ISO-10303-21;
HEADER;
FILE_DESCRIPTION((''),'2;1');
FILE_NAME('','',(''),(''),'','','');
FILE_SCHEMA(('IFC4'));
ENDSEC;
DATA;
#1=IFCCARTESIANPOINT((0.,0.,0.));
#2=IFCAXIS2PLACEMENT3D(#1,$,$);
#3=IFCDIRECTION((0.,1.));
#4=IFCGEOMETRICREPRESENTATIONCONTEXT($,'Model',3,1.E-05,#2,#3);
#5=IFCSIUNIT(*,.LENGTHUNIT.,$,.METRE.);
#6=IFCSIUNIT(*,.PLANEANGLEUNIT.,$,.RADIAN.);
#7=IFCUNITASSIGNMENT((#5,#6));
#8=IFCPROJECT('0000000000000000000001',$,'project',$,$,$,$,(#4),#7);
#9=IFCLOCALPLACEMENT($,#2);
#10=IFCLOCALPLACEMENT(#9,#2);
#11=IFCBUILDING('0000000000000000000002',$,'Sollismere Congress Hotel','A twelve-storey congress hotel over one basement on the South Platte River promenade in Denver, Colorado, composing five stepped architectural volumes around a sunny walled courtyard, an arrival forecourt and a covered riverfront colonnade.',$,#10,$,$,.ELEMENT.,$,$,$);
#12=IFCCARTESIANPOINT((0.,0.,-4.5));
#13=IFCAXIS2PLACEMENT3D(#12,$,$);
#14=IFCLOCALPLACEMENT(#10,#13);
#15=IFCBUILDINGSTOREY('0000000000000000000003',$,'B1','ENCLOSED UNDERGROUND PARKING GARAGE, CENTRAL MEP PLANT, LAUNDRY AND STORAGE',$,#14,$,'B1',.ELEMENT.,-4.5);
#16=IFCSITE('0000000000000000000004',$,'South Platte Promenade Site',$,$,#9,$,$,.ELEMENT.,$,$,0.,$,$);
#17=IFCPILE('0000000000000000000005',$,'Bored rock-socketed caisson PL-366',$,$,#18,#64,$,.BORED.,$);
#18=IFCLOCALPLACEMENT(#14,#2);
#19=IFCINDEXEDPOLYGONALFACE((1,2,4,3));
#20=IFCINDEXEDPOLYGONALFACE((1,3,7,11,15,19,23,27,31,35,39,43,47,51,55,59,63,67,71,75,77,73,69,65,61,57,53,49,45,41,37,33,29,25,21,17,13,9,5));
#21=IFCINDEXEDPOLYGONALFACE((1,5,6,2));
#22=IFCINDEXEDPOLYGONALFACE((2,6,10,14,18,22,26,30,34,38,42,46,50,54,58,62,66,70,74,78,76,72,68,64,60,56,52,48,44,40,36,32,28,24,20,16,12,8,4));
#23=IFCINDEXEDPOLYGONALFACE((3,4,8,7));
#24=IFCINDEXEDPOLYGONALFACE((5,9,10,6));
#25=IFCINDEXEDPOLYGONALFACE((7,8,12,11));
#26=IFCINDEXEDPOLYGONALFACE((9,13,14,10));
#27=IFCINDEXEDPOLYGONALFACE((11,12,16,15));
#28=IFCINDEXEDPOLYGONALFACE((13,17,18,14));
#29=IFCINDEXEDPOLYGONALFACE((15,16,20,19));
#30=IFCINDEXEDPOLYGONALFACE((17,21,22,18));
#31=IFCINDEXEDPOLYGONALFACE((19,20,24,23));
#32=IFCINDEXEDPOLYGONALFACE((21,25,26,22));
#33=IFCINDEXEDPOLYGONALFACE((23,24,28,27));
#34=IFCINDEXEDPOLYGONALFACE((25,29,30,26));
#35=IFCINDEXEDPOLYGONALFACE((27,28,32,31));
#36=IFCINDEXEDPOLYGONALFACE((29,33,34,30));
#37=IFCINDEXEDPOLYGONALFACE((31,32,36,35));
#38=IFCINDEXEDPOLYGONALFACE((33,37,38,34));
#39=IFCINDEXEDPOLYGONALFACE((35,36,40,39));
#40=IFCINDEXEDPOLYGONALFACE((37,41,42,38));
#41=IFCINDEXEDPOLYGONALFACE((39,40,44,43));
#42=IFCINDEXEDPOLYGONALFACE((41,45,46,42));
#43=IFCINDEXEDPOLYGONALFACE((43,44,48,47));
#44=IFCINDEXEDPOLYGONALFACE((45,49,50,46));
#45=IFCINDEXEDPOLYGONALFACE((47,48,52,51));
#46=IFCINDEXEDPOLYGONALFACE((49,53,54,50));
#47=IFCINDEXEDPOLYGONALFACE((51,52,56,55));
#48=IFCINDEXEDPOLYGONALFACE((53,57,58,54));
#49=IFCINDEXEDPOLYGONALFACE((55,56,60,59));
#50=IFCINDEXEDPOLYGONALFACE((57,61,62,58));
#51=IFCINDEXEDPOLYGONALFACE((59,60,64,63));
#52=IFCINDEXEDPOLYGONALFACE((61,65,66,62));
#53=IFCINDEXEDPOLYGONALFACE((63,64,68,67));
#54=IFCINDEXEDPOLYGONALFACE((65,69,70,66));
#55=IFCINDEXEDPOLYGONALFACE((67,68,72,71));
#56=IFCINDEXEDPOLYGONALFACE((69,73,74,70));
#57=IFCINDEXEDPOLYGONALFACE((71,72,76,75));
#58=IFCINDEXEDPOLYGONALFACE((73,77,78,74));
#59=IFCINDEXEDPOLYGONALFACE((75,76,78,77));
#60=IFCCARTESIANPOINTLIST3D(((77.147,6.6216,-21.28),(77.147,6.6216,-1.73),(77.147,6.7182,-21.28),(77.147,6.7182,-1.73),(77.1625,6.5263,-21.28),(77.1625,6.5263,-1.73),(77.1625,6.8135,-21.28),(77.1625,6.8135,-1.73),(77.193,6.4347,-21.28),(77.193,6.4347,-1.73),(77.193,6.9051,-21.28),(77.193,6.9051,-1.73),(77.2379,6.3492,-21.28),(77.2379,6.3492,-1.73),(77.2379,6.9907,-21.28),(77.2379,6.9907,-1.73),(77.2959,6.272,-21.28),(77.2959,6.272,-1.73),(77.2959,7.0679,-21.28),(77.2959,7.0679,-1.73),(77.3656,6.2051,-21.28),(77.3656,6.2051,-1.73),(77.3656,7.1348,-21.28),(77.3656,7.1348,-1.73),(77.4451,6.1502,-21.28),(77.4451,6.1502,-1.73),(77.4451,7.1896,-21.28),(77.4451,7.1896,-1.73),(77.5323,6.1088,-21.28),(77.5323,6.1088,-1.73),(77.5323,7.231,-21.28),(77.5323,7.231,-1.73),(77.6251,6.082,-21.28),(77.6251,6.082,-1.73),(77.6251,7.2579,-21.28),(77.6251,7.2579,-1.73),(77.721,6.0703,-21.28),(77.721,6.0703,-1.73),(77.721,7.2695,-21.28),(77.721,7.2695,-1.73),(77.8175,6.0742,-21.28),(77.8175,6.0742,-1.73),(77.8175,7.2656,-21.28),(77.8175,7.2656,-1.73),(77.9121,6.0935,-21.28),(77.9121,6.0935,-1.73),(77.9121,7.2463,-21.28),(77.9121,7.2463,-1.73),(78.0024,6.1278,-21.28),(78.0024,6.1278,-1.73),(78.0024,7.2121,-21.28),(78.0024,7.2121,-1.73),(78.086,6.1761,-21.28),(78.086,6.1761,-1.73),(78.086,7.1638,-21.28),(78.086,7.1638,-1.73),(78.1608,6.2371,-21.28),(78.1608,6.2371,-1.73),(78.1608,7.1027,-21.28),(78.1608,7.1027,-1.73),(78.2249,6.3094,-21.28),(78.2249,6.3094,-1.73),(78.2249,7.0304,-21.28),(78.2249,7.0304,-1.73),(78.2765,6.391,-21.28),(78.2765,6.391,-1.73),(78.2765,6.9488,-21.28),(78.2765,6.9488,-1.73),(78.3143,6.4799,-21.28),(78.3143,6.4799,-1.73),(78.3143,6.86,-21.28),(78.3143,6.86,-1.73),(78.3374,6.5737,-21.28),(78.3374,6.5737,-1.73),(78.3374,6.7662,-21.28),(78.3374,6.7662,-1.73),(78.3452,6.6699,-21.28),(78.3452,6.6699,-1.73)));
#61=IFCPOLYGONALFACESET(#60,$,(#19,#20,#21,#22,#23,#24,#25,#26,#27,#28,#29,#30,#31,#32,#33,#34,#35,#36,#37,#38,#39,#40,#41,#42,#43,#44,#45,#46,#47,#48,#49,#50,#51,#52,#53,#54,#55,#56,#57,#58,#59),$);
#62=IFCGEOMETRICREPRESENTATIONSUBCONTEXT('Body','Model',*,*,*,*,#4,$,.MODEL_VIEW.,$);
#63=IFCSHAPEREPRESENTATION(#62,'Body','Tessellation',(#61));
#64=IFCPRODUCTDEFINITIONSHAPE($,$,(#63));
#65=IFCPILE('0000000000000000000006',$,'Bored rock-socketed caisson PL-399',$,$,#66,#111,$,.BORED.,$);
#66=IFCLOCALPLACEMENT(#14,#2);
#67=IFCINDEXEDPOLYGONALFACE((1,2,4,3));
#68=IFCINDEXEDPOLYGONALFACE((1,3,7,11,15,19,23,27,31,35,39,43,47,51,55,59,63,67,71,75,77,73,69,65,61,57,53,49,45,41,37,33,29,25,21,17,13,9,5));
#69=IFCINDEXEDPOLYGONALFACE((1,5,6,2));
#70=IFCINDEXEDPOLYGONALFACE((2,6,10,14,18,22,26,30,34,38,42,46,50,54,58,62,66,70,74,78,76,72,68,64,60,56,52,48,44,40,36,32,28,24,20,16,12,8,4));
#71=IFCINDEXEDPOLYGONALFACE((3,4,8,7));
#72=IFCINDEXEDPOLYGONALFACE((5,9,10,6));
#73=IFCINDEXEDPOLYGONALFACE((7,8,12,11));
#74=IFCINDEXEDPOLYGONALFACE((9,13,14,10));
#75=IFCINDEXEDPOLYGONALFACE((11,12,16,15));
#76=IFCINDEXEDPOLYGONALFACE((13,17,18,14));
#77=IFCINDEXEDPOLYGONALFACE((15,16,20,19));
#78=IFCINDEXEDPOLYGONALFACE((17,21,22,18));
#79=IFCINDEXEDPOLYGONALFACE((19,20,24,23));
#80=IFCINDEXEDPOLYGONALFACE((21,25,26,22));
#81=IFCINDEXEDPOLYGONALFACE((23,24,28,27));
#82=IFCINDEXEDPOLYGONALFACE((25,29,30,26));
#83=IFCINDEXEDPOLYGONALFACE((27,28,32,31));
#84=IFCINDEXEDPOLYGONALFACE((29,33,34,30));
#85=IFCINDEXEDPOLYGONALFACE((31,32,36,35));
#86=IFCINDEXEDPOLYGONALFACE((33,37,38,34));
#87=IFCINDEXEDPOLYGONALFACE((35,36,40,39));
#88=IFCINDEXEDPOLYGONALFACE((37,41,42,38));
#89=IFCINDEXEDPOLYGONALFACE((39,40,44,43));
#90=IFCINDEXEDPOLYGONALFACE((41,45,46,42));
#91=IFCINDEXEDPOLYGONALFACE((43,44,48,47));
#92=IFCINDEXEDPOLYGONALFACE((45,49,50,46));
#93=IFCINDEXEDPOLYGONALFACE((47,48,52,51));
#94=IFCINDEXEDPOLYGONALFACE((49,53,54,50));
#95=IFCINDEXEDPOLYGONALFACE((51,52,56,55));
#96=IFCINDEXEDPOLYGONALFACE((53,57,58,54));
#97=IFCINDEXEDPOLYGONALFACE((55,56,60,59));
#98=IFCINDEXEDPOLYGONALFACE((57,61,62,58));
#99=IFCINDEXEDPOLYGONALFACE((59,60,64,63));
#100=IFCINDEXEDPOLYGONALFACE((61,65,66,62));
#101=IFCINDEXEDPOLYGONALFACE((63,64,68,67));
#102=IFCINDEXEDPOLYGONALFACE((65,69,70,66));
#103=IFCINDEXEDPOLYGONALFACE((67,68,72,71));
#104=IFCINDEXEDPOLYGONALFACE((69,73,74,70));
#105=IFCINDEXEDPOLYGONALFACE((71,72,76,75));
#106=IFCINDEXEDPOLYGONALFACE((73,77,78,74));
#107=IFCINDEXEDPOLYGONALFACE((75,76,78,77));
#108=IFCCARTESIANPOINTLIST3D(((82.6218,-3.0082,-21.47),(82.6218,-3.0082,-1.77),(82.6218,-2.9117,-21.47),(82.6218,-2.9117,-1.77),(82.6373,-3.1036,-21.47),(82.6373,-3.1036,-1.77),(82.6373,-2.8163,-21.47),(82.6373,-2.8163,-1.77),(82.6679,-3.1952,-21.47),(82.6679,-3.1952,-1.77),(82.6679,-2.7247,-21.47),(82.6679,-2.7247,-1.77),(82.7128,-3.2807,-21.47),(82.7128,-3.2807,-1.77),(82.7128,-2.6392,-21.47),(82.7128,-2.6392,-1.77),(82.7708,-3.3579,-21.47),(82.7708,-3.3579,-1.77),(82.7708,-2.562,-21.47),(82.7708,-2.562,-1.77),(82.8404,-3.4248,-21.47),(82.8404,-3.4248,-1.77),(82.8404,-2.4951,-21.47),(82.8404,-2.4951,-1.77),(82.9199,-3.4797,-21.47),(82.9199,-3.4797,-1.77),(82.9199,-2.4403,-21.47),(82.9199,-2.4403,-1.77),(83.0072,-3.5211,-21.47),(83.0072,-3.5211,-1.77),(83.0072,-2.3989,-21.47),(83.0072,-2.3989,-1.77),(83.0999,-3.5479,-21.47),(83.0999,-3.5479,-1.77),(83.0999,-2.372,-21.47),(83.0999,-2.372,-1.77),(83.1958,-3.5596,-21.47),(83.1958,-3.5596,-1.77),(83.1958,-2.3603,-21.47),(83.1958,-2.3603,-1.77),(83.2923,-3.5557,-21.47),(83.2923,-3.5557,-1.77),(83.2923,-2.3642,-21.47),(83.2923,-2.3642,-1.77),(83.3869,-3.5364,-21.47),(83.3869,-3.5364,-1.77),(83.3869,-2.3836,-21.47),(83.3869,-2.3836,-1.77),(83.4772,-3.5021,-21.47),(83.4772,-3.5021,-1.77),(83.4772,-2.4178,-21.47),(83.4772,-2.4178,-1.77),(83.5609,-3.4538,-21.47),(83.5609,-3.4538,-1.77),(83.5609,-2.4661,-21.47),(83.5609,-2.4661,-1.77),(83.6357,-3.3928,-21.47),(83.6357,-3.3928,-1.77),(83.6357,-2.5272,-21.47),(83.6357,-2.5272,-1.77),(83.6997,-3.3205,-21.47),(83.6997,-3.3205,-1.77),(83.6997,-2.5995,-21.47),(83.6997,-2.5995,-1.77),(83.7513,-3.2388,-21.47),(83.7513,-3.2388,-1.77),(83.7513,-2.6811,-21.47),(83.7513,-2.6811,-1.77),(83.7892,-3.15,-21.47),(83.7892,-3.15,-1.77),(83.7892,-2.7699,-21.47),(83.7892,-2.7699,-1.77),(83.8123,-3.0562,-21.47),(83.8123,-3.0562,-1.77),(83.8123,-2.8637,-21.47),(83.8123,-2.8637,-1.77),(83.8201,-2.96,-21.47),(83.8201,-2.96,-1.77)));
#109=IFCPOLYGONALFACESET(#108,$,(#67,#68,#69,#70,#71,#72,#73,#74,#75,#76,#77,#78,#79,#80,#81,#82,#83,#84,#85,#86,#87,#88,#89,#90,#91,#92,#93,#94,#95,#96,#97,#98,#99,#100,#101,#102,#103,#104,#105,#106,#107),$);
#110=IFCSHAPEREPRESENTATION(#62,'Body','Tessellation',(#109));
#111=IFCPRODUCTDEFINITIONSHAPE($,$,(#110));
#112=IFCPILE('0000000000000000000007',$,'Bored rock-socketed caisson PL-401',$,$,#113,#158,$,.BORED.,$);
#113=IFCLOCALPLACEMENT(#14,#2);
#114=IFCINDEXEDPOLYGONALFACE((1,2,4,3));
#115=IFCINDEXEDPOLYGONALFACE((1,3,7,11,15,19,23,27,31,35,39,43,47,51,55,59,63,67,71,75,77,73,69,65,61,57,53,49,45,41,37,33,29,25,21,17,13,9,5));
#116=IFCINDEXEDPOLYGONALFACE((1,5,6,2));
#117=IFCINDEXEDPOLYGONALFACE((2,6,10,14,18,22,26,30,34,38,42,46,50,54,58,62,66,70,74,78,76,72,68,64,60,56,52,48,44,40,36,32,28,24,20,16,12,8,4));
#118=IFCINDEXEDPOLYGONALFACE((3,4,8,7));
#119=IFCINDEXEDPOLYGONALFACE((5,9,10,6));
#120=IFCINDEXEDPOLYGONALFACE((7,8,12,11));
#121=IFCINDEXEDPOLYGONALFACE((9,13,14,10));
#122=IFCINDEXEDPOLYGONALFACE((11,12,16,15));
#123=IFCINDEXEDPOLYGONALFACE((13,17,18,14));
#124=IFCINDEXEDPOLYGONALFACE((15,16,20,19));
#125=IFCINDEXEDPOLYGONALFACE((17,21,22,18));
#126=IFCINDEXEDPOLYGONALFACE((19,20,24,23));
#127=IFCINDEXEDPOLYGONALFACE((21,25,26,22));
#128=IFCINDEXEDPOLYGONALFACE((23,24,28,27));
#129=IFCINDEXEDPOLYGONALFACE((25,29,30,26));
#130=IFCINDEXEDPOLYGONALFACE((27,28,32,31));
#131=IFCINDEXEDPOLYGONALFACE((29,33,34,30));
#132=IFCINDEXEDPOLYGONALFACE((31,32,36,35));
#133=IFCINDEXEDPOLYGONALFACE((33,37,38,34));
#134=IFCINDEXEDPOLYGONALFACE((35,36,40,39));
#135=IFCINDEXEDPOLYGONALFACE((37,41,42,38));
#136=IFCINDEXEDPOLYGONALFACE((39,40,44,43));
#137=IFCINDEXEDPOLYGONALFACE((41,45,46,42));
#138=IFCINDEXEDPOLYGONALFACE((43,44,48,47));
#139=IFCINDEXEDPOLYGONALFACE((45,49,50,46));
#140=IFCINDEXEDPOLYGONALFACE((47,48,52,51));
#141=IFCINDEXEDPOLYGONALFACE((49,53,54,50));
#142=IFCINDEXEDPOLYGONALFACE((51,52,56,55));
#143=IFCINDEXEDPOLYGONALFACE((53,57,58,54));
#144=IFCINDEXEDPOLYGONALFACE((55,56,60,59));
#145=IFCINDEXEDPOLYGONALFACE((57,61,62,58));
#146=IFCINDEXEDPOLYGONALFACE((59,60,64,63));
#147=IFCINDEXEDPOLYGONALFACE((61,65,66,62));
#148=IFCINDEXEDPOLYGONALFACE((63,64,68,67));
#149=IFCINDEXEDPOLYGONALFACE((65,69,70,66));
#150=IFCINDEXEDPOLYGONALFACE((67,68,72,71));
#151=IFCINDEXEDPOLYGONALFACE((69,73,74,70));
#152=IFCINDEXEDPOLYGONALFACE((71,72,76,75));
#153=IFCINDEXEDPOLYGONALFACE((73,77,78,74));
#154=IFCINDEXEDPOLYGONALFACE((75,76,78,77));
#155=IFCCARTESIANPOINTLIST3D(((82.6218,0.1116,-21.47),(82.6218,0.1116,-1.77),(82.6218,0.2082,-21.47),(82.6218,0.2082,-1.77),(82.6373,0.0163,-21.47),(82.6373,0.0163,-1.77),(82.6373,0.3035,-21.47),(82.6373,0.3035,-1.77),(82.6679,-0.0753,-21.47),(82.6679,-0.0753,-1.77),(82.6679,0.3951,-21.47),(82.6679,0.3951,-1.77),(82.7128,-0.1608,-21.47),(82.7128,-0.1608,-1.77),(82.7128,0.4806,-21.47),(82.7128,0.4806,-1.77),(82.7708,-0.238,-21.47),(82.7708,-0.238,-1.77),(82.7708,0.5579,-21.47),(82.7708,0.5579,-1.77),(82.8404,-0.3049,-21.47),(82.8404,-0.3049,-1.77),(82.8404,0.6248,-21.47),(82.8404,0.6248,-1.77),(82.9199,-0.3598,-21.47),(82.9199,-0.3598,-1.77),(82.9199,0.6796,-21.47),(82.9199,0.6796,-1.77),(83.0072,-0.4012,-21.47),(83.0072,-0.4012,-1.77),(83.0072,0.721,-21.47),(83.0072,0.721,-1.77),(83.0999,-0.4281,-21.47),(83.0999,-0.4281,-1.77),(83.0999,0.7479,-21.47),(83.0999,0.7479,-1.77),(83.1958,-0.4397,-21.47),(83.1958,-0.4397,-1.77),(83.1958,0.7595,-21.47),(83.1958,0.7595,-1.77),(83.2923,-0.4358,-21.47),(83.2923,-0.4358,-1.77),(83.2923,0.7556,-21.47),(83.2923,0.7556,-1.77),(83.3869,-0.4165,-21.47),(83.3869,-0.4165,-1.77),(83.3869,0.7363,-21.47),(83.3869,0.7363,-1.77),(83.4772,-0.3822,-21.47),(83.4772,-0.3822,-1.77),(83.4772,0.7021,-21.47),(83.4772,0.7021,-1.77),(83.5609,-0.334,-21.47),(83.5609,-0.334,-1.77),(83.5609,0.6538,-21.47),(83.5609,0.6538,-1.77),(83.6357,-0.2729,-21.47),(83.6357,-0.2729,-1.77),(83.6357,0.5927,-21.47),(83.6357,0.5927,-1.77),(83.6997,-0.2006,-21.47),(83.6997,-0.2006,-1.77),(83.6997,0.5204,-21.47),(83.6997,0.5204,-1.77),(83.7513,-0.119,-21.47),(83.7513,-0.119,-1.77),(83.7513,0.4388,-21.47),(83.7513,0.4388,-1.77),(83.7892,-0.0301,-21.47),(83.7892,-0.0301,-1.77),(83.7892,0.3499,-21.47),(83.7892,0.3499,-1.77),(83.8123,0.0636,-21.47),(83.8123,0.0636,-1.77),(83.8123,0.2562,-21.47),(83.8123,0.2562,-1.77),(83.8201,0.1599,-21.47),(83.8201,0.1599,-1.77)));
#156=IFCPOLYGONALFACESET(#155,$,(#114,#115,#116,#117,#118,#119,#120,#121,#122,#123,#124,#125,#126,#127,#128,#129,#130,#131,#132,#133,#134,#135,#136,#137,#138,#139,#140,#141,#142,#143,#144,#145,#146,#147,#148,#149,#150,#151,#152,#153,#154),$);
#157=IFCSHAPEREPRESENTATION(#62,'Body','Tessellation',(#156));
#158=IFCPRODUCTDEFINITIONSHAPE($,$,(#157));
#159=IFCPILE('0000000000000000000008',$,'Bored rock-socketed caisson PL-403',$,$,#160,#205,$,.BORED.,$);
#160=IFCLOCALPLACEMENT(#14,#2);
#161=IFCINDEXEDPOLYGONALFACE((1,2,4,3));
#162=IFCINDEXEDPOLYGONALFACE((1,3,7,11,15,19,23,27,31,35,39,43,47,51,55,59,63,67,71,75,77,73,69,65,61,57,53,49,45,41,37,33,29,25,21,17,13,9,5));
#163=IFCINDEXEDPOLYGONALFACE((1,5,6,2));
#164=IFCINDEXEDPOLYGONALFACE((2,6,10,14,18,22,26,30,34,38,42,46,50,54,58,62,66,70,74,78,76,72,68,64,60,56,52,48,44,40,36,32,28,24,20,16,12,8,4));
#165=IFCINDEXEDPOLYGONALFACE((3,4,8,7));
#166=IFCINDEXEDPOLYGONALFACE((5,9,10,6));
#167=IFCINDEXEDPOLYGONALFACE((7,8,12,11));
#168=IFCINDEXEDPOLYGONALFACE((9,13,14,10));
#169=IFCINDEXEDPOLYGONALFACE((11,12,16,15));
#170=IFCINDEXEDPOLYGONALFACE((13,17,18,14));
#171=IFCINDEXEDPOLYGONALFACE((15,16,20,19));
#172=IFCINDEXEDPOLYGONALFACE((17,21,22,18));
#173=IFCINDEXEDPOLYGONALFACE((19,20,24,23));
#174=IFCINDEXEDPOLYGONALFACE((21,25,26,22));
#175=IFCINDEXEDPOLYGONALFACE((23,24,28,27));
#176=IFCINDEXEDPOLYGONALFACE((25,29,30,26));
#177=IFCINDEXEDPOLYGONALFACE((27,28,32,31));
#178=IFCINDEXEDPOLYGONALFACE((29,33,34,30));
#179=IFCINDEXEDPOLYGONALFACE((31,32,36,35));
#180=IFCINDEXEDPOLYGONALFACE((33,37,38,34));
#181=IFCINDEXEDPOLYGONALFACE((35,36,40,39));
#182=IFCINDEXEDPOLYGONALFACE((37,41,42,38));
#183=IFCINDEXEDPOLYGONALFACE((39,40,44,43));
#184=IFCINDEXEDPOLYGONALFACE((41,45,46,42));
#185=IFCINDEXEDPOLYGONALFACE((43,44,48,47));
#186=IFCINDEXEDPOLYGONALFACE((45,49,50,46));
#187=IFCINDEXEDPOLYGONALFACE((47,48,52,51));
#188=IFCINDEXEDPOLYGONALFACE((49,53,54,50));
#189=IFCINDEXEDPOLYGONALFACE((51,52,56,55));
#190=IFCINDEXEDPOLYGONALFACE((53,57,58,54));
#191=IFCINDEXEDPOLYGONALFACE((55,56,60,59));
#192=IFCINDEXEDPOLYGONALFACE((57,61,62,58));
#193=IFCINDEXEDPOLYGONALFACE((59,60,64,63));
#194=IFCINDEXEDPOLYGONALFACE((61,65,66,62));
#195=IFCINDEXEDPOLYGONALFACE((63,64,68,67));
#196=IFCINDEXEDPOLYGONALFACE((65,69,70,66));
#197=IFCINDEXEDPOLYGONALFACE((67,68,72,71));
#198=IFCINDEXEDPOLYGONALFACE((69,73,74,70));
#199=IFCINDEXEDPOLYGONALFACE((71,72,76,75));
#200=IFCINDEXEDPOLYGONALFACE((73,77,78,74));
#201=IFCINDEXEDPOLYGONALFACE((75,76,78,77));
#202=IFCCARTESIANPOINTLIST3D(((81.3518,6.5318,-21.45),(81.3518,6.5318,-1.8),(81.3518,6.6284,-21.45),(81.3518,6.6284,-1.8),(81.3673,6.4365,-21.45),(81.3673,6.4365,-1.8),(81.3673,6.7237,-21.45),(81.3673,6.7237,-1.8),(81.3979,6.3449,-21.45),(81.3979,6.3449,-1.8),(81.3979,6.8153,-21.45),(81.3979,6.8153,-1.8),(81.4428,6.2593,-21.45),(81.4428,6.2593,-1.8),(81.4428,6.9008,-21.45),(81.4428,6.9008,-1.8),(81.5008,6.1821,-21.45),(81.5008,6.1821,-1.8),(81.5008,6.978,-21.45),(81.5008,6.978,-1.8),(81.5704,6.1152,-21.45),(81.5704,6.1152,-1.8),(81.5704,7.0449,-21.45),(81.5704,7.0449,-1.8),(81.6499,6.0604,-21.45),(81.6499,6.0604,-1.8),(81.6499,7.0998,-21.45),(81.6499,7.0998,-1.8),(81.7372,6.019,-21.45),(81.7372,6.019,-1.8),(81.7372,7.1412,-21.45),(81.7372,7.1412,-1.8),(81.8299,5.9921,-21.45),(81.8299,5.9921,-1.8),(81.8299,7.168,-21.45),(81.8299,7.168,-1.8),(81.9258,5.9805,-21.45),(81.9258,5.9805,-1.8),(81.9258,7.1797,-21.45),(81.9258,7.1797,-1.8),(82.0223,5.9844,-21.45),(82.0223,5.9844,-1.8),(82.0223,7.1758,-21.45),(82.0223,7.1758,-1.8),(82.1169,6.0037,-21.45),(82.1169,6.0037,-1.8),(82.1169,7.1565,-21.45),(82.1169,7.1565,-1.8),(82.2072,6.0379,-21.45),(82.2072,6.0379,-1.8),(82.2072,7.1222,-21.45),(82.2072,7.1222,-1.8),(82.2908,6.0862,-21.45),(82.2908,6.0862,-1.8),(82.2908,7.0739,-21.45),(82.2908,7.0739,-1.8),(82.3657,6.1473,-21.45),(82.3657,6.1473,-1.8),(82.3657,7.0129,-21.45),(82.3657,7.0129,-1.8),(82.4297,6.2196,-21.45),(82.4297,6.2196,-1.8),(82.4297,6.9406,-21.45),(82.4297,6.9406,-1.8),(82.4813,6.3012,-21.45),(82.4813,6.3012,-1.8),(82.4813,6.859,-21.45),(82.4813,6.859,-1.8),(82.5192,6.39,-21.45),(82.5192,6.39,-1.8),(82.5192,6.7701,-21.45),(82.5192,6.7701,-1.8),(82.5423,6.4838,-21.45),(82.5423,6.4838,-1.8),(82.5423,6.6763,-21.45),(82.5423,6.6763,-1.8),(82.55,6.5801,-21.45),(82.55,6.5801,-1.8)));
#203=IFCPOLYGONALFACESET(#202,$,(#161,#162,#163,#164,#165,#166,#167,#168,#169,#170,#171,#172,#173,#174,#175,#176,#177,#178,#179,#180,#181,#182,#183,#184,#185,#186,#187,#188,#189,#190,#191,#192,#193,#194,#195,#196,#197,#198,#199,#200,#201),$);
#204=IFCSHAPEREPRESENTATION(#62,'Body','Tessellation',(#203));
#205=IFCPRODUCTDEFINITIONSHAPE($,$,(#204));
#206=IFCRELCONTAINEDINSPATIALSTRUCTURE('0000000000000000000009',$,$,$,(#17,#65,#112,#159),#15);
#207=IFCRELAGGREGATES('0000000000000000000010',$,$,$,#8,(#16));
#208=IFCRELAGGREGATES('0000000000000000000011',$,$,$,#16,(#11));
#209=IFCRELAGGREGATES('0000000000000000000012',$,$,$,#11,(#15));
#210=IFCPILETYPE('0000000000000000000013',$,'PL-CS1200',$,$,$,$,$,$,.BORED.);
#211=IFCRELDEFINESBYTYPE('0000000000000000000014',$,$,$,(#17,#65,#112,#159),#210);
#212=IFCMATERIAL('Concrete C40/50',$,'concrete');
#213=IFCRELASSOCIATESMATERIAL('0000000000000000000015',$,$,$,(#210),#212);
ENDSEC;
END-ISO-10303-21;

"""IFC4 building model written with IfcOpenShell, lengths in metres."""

from ifc_helpers import new_model, si_unit, direction, frame, origin, origin_2d, place, context, subcontext, project, spatial, circle, extrude, material, material_profile, profile_set, type_object, element, save


model = new_model("IFC4")

# Units and contexts
model_context = context("Model", 3, precision=1e-05, world=origin(), true_north=direction((0.0, 1.0)))
body_context = subcontext(model_context, "Body", "Model", "MODEL_VIEW")
ifc_project = project(units=[si_unit("LENGTHUNIT", "METRE"), si_unit("PLANEANGLEUNIT", "RADIAN")], contexts=[model_context])

# Site, building, storey
site_placement = place(None, origin())
site = spatial("IfcSite", under=ifc_project, at=site_placement, Name="South Platte Promenade Site", CompositionType="ELEMENT", RefElevation=0.0)
building_placement = place(site_placement, origin())
building = spatial("IfcBuilding", under=site, at=building_placement, Name="Sollismere Congress Hotel", Description="A twelve-storey congress hotel over one basement on the South Platte River promenade in Denver, Colorado, composing five stepped architectural volumes around a sunny walled courtyard, an arrival forecourt and a covered riverfront colonnade.", CompositionType="ELEMENT")
storey_placement = place(building_placement, frame((0.0, 0.0, -4.5)))
storey = spatial("IfcBuildingStorey", under=building, at=storey_placement, Name="B1", Description="ENCLOSED UNDERGROUND PARKING GARAGE, CENTRAL MEP PLANT, LAUNDRY AND STORAGE", LongName="B1", CompositionType="ELEMENT", Elevation=-4.5)

# Shared definitions
ifc_material_1 = material(Name="Concrete C40/50", Category="concrete")

# Piles
ifc_material_profile_1 = material_profile(ifc_material_1, circle(Radius=0.6001, at=origin_2d()), Name="CAISSON1200")
ifc_profile_set_1 = profile_set([ifc_material_profile_1], Name="Concrete C40/50")
pile_type = type_object("IfcPileType", Name="PL-CS1200", PredefinedType="BORED", material=ifc_profile_set_1)
pile_placement = place(storey_placement, frame((77.7451, 6.6699, -1.73), z_axis=(0.0, 0.0, -1.0), x_axis=(1.0, 0.0, 0.0)))
element("IfcPile", 1, at=pile_placement, inside=storey, type_object=pile_type, Name="Bored rock-socketed caisson PL-366", PredefinedType="BORED", context=body_context, shape_type="SweptSolid", body=[
    extrude(circle(Radius=0.6001, at=origin_2d()), origin(), (0.0, 0.0, 1.0), 19.55),
])
for number, where, z_axis, x_axis, name in (
    (2, (83.22, -2.96, -1.77), (0.0, 0.0, -1.0), (1.0, 0.0, 0.0), "Bored rock-socketed caisson PL-399"),
    (3, (83.22, 0.1599, -1.77), (0.0, 0.0, -1.0), (1.0, 0.0, 0.0), "Bored rock-socketed caisson PL-401"),
):
    element("IfcPile", number, at=place(storey_placement, frame(where, z_axis=z_axis, x_axis=x_axis)), inside=storey, type_object=pile_type, Name=name, PredefinedType="BORED", context=body_context, shape_type="SweptSolid", body=[
        extrude(circle(Radius=0.6001, at=origin_2d()), origin(), (0.0, 0.0, 1.0), 19.7),
    ])
for number, where, z_axis, x_axis, name in (
    (4, (81.95, 6.5801, -1.8), (0.0, 0.0, -1.0), (1.0, 0.0, 0.0), "Bored rock-socketed caisson PL-403"),
):
    element("IfcPile", number, at=place(storey_placement, frame(where, z_axis=z_axis, x_axis=x_axis)), inside=storey, type_object=pile_type, Name=name, PredefinedType="BORED", context=body_context, shape_type="SweptSolid", body=[
        extrude(circle(Radius=0.6001, at=origin_2d()), origin(), (0.0, 0.0, 1.0), 19.6499),
    ])

save(model, "model.ifc")
